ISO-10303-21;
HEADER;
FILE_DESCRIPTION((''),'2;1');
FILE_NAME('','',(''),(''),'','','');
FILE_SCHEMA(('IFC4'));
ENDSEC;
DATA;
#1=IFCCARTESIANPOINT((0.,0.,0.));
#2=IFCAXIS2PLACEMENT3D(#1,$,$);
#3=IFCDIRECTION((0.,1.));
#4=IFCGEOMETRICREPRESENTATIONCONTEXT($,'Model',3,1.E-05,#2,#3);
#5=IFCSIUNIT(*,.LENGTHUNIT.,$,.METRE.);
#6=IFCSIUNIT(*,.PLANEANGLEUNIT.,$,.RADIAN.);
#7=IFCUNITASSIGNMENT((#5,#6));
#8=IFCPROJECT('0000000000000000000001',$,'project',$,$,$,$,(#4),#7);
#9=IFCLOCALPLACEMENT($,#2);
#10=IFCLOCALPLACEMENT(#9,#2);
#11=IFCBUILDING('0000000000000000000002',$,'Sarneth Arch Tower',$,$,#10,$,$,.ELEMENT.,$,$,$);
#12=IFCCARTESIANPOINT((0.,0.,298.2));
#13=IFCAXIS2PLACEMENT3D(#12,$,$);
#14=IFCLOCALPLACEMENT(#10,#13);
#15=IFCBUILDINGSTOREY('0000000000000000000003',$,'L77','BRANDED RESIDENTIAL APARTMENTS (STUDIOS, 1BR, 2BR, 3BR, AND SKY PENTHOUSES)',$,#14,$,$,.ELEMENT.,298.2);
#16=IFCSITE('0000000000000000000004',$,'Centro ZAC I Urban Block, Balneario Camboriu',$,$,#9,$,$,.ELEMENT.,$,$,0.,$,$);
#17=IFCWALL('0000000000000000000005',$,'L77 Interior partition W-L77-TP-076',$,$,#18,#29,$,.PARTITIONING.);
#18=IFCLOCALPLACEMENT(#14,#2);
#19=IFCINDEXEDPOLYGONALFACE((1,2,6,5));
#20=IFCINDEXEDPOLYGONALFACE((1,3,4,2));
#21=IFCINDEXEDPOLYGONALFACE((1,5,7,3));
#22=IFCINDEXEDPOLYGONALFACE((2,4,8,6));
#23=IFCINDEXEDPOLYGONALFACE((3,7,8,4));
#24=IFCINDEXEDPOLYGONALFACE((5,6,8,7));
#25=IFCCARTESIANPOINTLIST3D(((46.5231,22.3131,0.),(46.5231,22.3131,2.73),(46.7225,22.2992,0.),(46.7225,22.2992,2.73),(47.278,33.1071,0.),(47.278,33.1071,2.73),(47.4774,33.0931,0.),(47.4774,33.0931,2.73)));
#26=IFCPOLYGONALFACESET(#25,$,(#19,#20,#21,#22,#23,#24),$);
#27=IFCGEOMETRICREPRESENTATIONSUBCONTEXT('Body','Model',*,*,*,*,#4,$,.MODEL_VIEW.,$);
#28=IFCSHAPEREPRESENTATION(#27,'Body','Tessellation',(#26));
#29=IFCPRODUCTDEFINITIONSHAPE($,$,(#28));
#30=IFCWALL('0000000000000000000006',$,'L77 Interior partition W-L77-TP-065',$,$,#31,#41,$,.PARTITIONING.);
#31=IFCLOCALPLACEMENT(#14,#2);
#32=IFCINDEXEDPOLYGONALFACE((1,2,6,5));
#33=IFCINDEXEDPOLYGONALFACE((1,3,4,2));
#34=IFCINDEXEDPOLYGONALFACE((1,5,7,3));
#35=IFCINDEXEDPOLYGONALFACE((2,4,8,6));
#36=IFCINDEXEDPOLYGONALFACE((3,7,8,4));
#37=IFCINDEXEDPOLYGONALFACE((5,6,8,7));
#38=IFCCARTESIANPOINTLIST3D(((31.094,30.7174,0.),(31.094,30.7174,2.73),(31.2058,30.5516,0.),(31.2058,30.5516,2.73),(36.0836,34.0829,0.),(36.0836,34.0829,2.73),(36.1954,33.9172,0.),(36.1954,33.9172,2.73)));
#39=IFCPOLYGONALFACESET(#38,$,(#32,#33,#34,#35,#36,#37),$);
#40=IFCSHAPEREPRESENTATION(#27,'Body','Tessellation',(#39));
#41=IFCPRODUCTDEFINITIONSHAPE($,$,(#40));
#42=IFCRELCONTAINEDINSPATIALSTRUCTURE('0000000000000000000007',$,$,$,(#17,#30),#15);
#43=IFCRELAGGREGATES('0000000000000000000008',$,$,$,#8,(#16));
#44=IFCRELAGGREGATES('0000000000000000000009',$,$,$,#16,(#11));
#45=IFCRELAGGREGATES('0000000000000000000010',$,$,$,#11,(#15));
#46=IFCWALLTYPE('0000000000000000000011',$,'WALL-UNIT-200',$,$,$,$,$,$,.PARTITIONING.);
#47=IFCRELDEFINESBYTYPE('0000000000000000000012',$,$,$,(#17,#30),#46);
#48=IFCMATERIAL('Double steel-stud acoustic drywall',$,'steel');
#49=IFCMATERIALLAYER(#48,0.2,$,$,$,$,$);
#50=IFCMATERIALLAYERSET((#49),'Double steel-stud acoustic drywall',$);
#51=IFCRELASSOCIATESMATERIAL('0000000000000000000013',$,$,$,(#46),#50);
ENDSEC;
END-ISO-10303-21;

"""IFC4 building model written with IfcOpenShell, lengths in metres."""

from ifc_helpers import new_model, si_unit, direction, frame, frame_2d, origin, place, context, subcontext, project, spatial, rectangle, extrude, material, layer, layer_set, type_object, element, save


model = new_model("IFC4")

# Units and contexts
model_context = context("Model", 3, precision=1e-05, world=origin(), true_north=direction((0.0, 1.0)))
body_context = subcontext(model_context, "Body", "Model", "MODEL_VIEW")
ifc_project = project(units=[si_unit("LENGTHUNIT", "METRE"), si_unit("PLANEANGLEUNIT", "RADIAN")], contexts=[model_context])

# Site, building, storey
site_placement = place(None, origin())
site = spatial("IfcSite", under=ifc_project, at=site_placement, Name="Centro ZAC I Urban Block, Balneario Camboriu", CompositionType="ELEMENT", RefElevation=0.0)
building_placement = place(site_placement, origin())
building = spatial("IfcBuilding", under=site, at=building_placement, Name="Sarneth Arch Tower", CompositionType="ELEMENT")
storey_placement = place(building_placement, frame((0.0, 0.0, 298.2)))
storey = spatial("IfcBuildingStorey", under=building, at=storey_placement, Name="L77", Description="BRANDED RESIDENTIAL APARTMENTS (STUDIOS, 1BR, 2BR, 3BR, AND SKY PENTHOUSES)", CompositionType="ELEMENT", Elevation=298.2)

# Walls
ifc_material_1 = material(Name="Double steel-stud acoustic drywall", Category="steel")
ifc_layer_1 = layer(ifc_material_1, 0.2)
ifc_layer_set_1 = layer_set([ifc_layer_1], Name="Double steel-stud acoustic drywall")
wall_type_1 = type_object("IfcWallType", Name="WALL-UNIT-200", PredefinedType="PARTITIONING", material=ifc_layer_set_1)
wall_1_placement = place(storey_placement, frame((47.3777, 33.1001, 0.0), z_axis=(0.0, 0.0, 1.0), x_axis=(-0.069765, -0.997563, 0.0)))
element("IfcWall", 1, at=wall_1_placement, inside=storey, type_object=wall_type_1, Name="L77 Interior partition W-L77-TP-076", PredefinedType="PARTITIONING", context=body_context, shape_type="SweptSolid", body=[
    extrude(rectangle(XDim=10.8203, YDim=0.2, at=frame_2d((5.4102, 0.0))), origin(), (0.0, 0.0, 1.0), 2.73),
])
wall_2_placement = place(storey_placement, frame((31.1499, 30.6345, 0.0), z_axis=(0.0, 0.0, 1.0), x_axis=(0.829036, 0.559195, 0.0)))
element("IfcWall", 2, at=wall_2_placement, inside=storey, type_object=wall_type_1, Name="L77 Interior partition W-L77-TP-065", PredefinedType="PARTITIONING", context=body_context, shape_type="SweptSolid", body=[
    extrude(rectangle(XDim=6.0186, YDim=0.2, at=frame_2d((3.0093, 0.0))), origin(), (0.0, 0.0, 1.0), 2.73),
])

save(model, "model.ifc")
